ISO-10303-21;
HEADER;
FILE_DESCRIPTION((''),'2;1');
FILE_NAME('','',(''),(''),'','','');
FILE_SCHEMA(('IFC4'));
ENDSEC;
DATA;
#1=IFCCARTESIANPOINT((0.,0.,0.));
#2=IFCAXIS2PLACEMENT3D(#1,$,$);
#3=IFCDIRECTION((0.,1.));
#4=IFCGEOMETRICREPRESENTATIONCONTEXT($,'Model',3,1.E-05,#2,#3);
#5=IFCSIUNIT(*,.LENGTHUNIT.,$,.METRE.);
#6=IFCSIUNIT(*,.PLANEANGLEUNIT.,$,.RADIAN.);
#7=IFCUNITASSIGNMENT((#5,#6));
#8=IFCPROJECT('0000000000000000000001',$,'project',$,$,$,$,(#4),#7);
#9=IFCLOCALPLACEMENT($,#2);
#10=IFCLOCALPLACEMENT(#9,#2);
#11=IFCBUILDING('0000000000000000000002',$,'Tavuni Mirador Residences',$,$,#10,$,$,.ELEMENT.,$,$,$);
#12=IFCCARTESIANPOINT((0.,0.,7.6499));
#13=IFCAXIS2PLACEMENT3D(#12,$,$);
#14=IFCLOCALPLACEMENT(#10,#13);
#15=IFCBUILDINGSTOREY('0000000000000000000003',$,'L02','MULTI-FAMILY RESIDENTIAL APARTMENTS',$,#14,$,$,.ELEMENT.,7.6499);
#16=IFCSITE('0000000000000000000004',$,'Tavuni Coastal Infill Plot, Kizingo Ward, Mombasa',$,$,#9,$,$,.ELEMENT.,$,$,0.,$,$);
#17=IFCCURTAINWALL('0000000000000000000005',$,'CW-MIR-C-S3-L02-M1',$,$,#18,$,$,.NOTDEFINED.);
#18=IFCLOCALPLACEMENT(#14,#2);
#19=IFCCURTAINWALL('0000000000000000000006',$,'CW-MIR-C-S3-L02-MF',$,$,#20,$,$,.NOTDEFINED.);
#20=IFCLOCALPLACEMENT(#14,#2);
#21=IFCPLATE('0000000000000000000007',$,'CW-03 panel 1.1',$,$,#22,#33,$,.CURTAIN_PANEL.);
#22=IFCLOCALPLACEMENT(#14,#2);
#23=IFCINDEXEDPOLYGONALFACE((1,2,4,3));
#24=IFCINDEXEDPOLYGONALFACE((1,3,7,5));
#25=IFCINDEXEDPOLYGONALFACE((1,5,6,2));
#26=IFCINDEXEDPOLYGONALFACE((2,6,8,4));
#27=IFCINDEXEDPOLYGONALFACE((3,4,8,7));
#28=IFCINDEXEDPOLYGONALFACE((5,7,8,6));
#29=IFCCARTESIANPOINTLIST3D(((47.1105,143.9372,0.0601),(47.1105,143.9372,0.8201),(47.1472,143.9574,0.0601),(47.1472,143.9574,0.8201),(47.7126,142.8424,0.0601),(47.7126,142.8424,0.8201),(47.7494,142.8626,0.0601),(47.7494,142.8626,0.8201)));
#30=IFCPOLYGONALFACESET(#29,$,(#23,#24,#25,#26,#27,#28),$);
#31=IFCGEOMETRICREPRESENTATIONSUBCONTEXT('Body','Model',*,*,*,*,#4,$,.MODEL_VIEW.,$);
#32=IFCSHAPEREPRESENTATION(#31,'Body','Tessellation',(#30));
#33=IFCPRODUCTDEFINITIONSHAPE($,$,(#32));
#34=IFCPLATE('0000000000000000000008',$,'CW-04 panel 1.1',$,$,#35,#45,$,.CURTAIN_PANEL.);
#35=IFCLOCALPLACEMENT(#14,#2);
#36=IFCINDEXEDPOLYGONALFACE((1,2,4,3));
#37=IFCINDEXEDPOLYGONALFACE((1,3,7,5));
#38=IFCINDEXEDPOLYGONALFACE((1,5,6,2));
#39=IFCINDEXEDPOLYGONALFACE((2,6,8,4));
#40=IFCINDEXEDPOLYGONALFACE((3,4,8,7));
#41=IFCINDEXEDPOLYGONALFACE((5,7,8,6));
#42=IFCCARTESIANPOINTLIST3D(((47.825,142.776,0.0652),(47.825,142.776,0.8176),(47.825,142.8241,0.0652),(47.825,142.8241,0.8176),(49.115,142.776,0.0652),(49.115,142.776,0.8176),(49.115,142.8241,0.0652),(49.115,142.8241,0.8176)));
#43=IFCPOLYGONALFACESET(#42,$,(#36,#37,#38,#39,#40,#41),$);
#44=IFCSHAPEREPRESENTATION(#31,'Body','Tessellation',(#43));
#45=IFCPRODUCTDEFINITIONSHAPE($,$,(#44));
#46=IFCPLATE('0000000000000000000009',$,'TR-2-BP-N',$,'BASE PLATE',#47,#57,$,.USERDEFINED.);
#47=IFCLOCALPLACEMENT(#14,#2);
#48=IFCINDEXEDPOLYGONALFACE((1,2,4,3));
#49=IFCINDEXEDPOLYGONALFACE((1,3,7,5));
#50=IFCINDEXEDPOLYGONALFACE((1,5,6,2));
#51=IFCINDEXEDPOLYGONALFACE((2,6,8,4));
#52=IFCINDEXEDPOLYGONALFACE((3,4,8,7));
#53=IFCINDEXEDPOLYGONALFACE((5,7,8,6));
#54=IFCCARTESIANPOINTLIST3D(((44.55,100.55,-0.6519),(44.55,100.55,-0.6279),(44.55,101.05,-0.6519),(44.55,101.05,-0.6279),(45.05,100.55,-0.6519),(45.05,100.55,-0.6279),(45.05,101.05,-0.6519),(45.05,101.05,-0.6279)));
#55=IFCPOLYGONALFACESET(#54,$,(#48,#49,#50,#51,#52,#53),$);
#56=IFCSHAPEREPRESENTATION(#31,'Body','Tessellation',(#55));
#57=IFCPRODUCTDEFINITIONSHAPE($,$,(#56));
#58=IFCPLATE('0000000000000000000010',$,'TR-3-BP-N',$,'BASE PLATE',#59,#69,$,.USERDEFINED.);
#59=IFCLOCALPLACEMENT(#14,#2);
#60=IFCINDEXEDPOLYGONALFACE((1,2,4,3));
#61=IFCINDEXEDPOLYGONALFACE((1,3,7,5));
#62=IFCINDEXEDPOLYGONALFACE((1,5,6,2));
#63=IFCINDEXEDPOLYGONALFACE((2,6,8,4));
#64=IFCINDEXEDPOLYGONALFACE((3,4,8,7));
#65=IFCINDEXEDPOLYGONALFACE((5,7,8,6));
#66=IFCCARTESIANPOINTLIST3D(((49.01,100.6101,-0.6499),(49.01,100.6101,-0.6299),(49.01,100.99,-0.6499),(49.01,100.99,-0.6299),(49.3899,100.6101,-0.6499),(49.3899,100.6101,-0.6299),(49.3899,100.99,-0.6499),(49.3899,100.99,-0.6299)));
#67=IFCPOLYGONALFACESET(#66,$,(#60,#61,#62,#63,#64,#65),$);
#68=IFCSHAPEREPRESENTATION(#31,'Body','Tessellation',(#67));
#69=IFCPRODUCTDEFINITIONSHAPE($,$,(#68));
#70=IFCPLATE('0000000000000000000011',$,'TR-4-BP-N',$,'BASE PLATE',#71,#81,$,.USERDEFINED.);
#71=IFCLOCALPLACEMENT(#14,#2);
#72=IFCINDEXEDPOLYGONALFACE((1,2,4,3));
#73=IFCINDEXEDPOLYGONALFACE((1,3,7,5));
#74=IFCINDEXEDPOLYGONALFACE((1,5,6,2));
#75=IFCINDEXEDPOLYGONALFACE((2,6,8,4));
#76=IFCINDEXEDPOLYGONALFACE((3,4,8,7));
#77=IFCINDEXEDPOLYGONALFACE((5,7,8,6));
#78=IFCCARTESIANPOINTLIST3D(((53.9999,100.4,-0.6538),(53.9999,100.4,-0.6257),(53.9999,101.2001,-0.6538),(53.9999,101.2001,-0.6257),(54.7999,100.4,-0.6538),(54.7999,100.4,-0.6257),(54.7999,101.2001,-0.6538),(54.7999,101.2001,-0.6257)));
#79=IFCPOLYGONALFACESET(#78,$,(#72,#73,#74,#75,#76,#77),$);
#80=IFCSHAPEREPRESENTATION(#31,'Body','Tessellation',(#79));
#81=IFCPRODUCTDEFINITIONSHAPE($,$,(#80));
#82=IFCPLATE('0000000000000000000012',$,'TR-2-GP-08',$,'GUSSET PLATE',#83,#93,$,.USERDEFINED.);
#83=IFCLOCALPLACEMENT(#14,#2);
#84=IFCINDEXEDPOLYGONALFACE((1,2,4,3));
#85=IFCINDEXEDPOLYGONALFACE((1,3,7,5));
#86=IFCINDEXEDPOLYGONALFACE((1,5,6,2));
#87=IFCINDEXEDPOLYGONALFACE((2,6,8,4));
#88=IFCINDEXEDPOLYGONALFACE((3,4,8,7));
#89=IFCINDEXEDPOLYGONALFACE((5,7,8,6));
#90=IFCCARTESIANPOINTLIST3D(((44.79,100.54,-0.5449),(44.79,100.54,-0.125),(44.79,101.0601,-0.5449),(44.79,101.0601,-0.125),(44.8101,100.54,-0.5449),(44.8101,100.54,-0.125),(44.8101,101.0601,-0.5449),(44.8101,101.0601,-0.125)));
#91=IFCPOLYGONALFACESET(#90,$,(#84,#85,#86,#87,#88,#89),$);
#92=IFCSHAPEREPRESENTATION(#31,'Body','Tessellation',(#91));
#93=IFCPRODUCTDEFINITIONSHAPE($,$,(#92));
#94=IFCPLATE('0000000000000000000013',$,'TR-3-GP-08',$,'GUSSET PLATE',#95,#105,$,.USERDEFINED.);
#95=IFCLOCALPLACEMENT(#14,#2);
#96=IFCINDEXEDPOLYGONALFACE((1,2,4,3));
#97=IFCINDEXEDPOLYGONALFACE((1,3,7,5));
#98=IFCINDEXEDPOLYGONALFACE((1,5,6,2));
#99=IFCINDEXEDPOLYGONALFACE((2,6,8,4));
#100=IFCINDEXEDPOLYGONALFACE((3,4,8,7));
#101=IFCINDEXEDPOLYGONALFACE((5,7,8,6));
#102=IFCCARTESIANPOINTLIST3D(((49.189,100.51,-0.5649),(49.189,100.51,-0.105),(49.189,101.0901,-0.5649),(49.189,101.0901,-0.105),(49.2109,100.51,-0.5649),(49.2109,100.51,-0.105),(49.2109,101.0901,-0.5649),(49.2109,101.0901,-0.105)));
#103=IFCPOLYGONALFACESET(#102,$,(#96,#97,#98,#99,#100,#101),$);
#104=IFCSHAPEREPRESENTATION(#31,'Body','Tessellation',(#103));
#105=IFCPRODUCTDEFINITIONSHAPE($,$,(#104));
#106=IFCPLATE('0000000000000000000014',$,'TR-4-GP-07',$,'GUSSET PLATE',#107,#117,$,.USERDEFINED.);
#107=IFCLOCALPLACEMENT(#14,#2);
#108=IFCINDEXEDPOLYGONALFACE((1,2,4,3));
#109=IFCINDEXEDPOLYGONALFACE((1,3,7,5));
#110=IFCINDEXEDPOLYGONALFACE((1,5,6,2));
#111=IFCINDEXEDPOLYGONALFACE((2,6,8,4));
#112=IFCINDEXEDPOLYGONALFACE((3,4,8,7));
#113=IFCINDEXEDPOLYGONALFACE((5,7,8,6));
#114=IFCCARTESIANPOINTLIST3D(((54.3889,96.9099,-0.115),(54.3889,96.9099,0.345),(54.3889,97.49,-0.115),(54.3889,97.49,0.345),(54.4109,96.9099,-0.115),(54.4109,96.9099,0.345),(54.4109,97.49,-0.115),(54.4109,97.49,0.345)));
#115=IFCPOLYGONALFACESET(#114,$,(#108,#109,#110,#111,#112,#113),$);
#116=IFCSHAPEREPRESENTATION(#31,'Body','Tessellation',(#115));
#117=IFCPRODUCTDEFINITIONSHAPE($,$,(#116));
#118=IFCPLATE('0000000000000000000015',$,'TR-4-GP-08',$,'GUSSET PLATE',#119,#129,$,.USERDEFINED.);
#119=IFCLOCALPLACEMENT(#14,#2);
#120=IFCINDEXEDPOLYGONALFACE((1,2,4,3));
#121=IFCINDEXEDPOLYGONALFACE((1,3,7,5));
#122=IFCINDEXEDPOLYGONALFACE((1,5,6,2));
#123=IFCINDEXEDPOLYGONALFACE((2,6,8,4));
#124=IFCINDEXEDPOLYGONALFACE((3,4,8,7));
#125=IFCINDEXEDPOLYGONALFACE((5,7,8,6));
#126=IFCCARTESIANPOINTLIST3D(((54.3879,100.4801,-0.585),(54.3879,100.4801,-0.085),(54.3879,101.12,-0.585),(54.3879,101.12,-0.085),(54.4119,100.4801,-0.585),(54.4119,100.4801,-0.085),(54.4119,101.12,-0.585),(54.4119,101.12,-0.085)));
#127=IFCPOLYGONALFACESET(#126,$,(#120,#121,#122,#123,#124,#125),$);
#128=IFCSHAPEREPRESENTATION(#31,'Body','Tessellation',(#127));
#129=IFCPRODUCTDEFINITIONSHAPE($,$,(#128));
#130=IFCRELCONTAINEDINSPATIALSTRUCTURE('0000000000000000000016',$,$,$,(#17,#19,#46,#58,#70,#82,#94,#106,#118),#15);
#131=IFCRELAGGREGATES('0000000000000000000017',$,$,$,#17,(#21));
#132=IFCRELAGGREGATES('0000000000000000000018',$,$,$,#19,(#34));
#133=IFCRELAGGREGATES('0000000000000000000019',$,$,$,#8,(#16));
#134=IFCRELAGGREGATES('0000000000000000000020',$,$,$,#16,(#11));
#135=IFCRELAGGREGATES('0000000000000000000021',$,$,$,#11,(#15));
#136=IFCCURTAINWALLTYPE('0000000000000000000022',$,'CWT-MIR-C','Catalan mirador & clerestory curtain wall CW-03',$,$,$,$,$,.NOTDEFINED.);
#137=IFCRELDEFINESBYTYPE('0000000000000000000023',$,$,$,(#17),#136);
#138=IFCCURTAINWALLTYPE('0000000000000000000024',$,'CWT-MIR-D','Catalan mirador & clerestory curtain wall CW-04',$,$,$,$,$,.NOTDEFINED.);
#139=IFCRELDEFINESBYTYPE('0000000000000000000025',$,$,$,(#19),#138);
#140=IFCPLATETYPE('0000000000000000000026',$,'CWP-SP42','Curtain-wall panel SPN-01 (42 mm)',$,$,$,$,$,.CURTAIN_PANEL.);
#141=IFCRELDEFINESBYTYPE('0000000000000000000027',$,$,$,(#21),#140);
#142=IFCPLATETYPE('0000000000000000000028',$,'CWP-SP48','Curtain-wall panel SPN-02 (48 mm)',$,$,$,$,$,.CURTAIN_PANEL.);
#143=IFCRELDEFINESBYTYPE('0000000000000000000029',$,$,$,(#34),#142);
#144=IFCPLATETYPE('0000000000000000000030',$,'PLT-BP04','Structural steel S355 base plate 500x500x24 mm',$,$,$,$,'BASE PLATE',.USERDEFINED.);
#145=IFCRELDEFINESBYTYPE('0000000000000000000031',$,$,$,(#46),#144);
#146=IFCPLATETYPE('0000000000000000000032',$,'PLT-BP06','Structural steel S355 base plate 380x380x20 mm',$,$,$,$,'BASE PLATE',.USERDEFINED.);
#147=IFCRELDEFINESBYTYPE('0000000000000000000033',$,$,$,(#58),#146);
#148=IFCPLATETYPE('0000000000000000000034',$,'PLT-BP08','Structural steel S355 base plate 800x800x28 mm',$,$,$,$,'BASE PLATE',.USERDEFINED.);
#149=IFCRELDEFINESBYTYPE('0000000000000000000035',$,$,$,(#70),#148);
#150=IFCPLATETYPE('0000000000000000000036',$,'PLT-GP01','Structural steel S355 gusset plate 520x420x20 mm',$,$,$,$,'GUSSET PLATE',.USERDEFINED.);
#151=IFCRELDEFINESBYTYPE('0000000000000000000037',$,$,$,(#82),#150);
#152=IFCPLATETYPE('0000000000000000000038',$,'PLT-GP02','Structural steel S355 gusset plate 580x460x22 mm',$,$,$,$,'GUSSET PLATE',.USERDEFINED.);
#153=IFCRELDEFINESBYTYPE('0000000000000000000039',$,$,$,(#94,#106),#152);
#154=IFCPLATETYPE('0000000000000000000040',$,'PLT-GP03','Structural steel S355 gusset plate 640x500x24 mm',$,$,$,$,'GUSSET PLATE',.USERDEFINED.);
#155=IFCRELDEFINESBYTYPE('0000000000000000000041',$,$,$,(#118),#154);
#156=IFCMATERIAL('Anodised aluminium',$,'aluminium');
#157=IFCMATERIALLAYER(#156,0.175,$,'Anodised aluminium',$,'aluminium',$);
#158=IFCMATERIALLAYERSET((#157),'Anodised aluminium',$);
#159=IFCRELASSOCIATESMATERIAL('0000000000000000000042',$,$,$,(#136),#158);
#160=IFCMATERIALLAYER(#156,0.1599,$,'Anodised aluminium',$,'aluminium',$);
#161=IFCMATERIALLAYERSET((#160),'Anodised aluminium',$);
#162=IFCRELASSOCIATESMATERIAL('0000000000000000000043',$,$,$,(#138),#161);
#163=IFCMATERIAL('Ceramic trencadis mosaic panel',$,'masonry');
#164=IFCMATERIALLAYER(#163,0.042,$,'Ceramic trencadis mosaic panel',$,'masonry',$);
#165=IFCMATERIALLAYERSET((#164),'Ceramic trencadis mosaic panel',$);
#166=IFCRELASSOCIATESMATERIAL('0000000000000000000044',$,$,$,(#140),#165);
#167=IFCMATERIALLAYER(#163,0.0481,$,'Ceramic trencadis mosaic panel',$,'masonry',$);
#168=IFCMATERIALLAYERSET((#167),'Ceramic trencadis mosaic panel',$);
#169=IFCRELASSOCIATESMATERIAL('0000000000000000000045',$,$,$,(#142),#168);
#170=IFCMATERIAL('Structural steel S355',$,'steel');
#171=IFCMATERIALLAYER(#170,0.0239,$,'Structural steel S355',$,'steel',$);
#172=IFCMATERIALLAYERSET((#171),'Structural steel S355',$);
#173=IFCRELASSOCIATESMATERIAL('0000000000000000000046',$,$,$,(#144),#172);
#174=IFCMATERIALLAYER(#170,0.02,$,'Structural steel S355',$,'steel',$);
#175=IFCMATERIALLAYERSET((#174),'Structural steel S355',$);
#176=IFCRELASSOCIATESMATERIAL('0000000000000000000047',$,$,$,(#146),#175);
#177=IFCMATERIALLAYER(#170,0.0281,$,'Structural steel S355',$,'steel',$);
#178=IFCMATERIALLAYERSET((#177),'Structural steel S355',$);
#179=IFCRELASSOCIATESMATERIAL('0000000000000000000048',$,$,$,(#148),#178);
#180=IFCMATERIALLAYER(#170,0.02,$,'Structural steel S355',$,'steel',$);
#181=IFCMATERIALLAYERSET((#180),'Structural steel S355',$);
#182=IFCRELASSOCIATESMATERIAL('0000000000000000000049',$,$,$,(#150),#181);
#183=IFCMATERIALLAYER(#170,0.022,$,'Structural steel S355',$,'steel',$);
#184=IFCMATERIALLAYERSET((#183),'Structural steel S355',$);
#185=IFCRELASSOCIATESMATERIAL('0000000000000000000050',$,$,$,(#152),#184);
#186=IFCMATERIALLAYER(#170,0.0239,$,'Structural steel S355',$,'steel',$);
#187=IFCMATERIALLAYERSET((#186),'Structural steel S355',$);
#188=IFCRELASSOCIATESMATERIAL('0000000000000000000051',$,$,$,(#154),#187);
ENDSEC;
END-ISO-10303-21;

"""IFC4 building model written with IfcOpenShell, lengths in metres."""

from ifc_helpers import new_model, si_unit, direction, frame, origin, origin_2d, place, context, subcontext, project, spatial, rectangle, extrude, material, layer, layer_set, type_object, element, aggregate, save


model = new_model("IFC4")

# Units and contexts
model_context = context("Model", 3, precision=1e-05, world=origin(), true_north=direction((0.0, 1.0)))
body_context = subcontext(model_context, "Body", "Model", "MODEL_VIEW")
ifc_project = project(units=[si_unit("LENGTHUNIT", "METRE"), si_unit("PLANEANGLEUNIT", "RADIAN")], contexts=[model_context])

# Site, building, storey
site_placement = place(None, origin())
site = spatial("IfcSite", under=ifc_project, at=site_placement, Name="Tavuni Coastal Infill Plot, Kizingo Ward, Mombasa", CompositionType="ELEMENT", RefElevation=0.0)
building_placement = place(site_placement, origin())
building = spatial("IfcBuilding", under=site, at=building_placement, Name="Tavuni Mirador Residences", CompositionType="ELEMENT")
storey_placement = place(building_placement, frame((0.0, 0.0, 7.6499)))
storey = spatial("IfcBuildingStorey", under=building, at=storey_placement, Name="L02", Description="MULTI-FAMILY RESIDENTIAL APARTMENTS", CompositionType="ELEMENT", Elevation=7.6499)

# Shared definitions
ifc_material_1 = material(Name="Structural steel S355", Category="steel")

# Curtain wall
ifc_material_2 = material(Name="Anodised aluminium", Category="aluminium")
ifc_layer_1 = layer(ifc_material_2, 0.175, Name="Anodised aluminium", Category="aluminium")
ifc_layer_set_1 = layer_set([ifc_layer_1], Name="Anodised aluminium")
curtain_wall_type_1 = type_object("IfcCurtainWallType", Name="CWT-MIR-C", Description="Catalan mirador & clerestory curtain wall CW-03", PredefinedType="NOTDEFINED", material=ifc_layer_set_1)
curtain_wall_1_placement = place(storey_placement, origin())
curtain_wall_1 = element("IfcCurtainWall", 1, at=curtain_wall_1_placement, inside=storey, type_object=curtain_wall_type_1, Name="CW-MIR-C-S3-L02-M1", PredefinedType="NOTDEFINED")

# Curtain wall
ifc_layer_2 = layer(ifc_material_2, 0.1599, Name="Anodised aluminium", Category="aluminium")
ifc_layer_set_2 = layer_set([ifc_layer_2], Name="Anodised aluminium")
curtain_wall_type_2 = type_object("IfcCurtainWallType", Name="CWT-MIR-D", Description="Catalan mirador & clerestory curtain wall CW-04", PredefinedType="NOTDEFINED", material=ifc_layer_set_2)
curtain_wall_2_placement = place(storey_placement, origin())
curtain_wall_2 = element("IfcCurtainWall", 2, at=curtain_wall_2_placement, inside=storey, type_object=curtain_wall_type_2, Name="CW-MIR-C-S3-L02-MF", PredefinedType="NOTDEFINED")

# Plates
ifc_material_3 = material(Name="Ceramic trencadis mosaic panel", Category="masonry")
ifc_layer_3 = layer(ifc_material_3, 0.042, Name="Ceramic trencadis mosaic panel", Category="masonry")
ifc_layer_set_3 = layer_set([ifc_layer_3], Name="Ceramic trencadis mosaic panel")
plate_type_1 = type_object("IfcPlateType", Name="CWP-SP42", Description="Curtain-wall panel SPN-01 (42 mm)", PredefinedType="CURTAIN_PANEL", material=ifc_layer_set_3)
plate_1_placement = place(storey_placement, frame((47.4299, 143.3999, 0.0601), z_axis=(0.0, 0.0, 1.0), x_axis=(0.481919, -0.876216, 0.0)))
plate_1 = element("IfcPlate", 3, at=plate_1_placement, type_object=plate_type_1, Name="CW-03 panel 1.1", PredefinedType="CURTAIN_PANEL", context=body_context, shape_type="SweptSolid", body=[
    extrude(rectangle(XDim=1.2495, YDim=0.042, at=origin_2d()), origin(), (0.0, 0.0, 1.0), 0.76),
])
aggregate(curtain_wall_1, [plate_1])
ifc_layer_4 = layer(ifc_material_3, 0.0481, Name="Ceramic trencadis mosaic panel", Category="masonry")
ifc_layer_set_4 = layer_set([ifc_layer_4], Name="Ceramic trencadis mosaic panel")
plate_type_2 = type_object("IfcPlateType", Name="CWP-SP48", Description="Curtain-wall panel SPN-02 (48 mm)", PredefinedType="CURTAIN_PANEL", material=ifc_layer_set_4)
plate_2_placement = place(storey_placement, frame((48.47, 142.8, 0.0652), z_axis=(0.0, 0.0, 1.0), x_axis=(1.0, 0.0, 0.0)))
plate_2 = element("IfcPlate", 4, at=plate_2_placement, type_object=plate_type_2, Name="CW-04 panel 1.1", PredefinedType="CURTAIN_PANEL", context=body_context, shape_type="SweptSolid", body=[
    extrude(rectangle(XDim=1.29, YDim=0.0481, at=origin_2d()), origin(), (0.0, 0.0, 1.0), 0.7524),
])
aggregate(curtain_wall_2, [plate_2])

# Plates
ifc_layer_5 = layer(ifc_material_1, 0.0239, Name="Structural steel S355", Category="steel")
ifc_layer_set_5 = layer_set([ifc_layer_5], Name="Structural steel S355")
plate_type_3 = type_object("IfcPlateType", Name="PLT-BP04", Description="Structural steel S355 base plate 500x500x24 mm", ElementType="BASE PLATE", PredefinedType="USERDEFINED", material=ifc_layer_set_5)
plate_3_placement = place(storey_placement, frame((44.8, 100.8, -0.6519), z_axis=(0.0, 0.0, 1.0), x_axis=(1.0, 0.0, 0.0)))
element("IfcPlate", 5, at=plate_3_placement, inside=storey, type_object=plate_type_3, Name="TR-2-BP-N", ObjectType="BASE PLATE", PredefinedType="USERDEFINED", context=body_context, shape_type="SweptSolid", body=[
    extrude(rectangle(XDim=0.5, YDim=0.5, at=origin_2d()), origin(), (0.0, 0.0, 1.0), 0.0239),
])
ifc_layer_6 = layer(ifc_material_1, 0.02, Name="Structural steel S355", Category="steel")
ifc_layer_set_6 = layer_set([ifc_layer_6], Name="Structural steel S355")
plate_type_4 = type_object("IfcPlateType", Name="PLT-BP06", Description="Structural steel S355 base plate 380x380x20 mm", ElementType="BASE PLATE", PredefinedType="USERDEFINED", material=ifc_layer_set_6)
plate_4_placement = place(storey_placement, frame((49.2, 100.8, -0.6499), z_axis=(0.0, 0.0, 1.0), x_axis=(1.0, 0.0, 0.0)))
element("IfcPlate", 6, at=plate_4_placement, inside=storey, type_object=plate_type_4, Name="TR-3-BP-N", ObjectType="BASE PLATE", PredefinedType="USERDEFINED", context=body_context, shape_type="SweptSolid", body=[
    extrude(rectangle(XDim=0.3799, YDim=0.3799, at=origin_2d()), origin(), (0.0, 0.0, 1.0), 0.02),
])
ifc_layer_7 = layer(ifc_material_1, 0.0281, Name="Structural steel S355", Category="steel")
ifc_layer_set_7 = layer_set([ifc_layer_7], Name="Structural steel S355")
plate_type_5 = type_object("IfcPlateType", Name="PLT-BP08", Description="Structural steel S355 base plate 800x800x28 mm", ElementType="BASE PLATE", PredefinedType="USERDEFINED", material=ifc_layer_set_7)
plate_5_placement = place(storey_placement, frame((54.3999, 100.8, -0.6538), z_axis=(0.0, 0.0, 1.0), x_axis=(1.0, 0.0, 0.0)))
element("IfcPlate", 7, at=plate_5_placement, inside=storey, type_object=plate_type_5, Name="TR-4-BP-N", ObjectType="BASE PLATE", PredefinedType="USERDEFINED", context=body_context, shape_type="SweptSolid", body=[
    extrude(rectangle(XDim=0.8, YDim=0.8, at=origin_2d()), origin(), (0.0, 0.0, 1.0), 0.0281),
])
ifc_layer_8 = layer(ifc_material_1, 0.02, Name="Structural steel S355", Category="steel")
ifc_layer_set_8 = layer_set([ifc_layer_8], Name="Structural steel S355")
plate_type_6 = type_object("IfcPlateType", Name="PLT-GP01", Description="Structural steel S355 gusset plate 520x420x20 mm", ElementType="GUSSET PLATE", PredefinedType="USERDEFINED", material=ifc_layer_set_8)
plate_6_placement = place(storey_placement, frame((44.8, 100.8, -0.5449), z_axis=(0.0, 0.0, 1.0), x_axis=(0.0, 1.0, 0.0)))
element("IfcPlate", 8, at=plate_6_placement, inside=storey, type_object=plate_type_6, Name="TR-2-GP-08", ObjectType="GUSSET PLATE", PredefinedType="USERDEFINED", context=body_context, shape_type="SweptSolid", body=[
    extrude(rectangle(XDim=0.52, YDim=0.02, at=origin_2d()), origin(), (0.0, 0.0, 1.0), 0.4199),
])
ifc_layer_9 = layer(ifc_material_1, 0.022, Name="Structural steel S355", Category="steel")
ifc_layer_set_9 = layer_set([ifc_layer_9], Name="Structural steel S355")
plate_type_7 = type_object("IfcPlateType", Name="PLT-GP02", Description="Structural steel S355 gusset plate 580x460x22 mm", ElementType="GUSSET PLATE", PredefinedType="USERDEFINED", material=ifc_layer_set_9)
for number, where, z_axis, x_axis, name in (
    (9, (49.2, 100.8, -0.5649), (0.0, 0.0, 1.0), (0.0, 1.0, 0.0), "TR-3-GP-08"),
    (10, (54.3999, 97.2, -0.115), (0.0, 0.0, 1.0), (0.0, 1.0, 0.0), "TR-4-GP-07"),
):
    element("IfcPlate", number, at=place(storey_placement, frame(where, z_axis=z_axis, x_axis=x_axis)), inside=storey, type_object=plate_type_7, Name=name, ObjectType="GUSSET PLATE", PredefinedType="USERDEFINED", context=body_context, shape_type="SweptSolid", body=[
        extrude(rectangle(XDim=0.5801, YDim=0.022, at=origin_2d()), origin(), (0.0, 0.0, 1.0), 0.46),
    ])
ifc_layer_10 = layer(ifc_material_1, 0.0239, Name="Structural steel S355", Category="steel")
ifc_layer_set_10 = layer_set([ifc_layer_10], Name="Structural steel S355")
plate_type_8 = type_object("IfcPlateType", Name="PLT-GP03", Description="Structural steel S355 gusset plate 640x500x24 mm", ElementType="GUSSET PLATE", PredefinedType="USERDEFINED", material=ifc_layer_set_10)
plate_7_placement = place(storey_placement, frame((54.3999, 100.8, -0.585), z_axis=(0.0, 0.0, 1.0), x_axis=(0.0, 1.0, 0.0)))
element("IfcPlate", 11, at=plate_7_placement, inside=storey, type_object=plate_type_8, Name="TR-4-GP-08", ObjectType="GUSSET PLATE", PredefinedType="USERDEFINED", context=body_context, shape_type="SweptSolid", body=[
    extrude(rectangle(XDim=0.6399, YDim=0.0239, at=origin_2d()), origin(), (0.0, 0.0, 1.0), 0.5),
])

save(model, "model.ifc")
